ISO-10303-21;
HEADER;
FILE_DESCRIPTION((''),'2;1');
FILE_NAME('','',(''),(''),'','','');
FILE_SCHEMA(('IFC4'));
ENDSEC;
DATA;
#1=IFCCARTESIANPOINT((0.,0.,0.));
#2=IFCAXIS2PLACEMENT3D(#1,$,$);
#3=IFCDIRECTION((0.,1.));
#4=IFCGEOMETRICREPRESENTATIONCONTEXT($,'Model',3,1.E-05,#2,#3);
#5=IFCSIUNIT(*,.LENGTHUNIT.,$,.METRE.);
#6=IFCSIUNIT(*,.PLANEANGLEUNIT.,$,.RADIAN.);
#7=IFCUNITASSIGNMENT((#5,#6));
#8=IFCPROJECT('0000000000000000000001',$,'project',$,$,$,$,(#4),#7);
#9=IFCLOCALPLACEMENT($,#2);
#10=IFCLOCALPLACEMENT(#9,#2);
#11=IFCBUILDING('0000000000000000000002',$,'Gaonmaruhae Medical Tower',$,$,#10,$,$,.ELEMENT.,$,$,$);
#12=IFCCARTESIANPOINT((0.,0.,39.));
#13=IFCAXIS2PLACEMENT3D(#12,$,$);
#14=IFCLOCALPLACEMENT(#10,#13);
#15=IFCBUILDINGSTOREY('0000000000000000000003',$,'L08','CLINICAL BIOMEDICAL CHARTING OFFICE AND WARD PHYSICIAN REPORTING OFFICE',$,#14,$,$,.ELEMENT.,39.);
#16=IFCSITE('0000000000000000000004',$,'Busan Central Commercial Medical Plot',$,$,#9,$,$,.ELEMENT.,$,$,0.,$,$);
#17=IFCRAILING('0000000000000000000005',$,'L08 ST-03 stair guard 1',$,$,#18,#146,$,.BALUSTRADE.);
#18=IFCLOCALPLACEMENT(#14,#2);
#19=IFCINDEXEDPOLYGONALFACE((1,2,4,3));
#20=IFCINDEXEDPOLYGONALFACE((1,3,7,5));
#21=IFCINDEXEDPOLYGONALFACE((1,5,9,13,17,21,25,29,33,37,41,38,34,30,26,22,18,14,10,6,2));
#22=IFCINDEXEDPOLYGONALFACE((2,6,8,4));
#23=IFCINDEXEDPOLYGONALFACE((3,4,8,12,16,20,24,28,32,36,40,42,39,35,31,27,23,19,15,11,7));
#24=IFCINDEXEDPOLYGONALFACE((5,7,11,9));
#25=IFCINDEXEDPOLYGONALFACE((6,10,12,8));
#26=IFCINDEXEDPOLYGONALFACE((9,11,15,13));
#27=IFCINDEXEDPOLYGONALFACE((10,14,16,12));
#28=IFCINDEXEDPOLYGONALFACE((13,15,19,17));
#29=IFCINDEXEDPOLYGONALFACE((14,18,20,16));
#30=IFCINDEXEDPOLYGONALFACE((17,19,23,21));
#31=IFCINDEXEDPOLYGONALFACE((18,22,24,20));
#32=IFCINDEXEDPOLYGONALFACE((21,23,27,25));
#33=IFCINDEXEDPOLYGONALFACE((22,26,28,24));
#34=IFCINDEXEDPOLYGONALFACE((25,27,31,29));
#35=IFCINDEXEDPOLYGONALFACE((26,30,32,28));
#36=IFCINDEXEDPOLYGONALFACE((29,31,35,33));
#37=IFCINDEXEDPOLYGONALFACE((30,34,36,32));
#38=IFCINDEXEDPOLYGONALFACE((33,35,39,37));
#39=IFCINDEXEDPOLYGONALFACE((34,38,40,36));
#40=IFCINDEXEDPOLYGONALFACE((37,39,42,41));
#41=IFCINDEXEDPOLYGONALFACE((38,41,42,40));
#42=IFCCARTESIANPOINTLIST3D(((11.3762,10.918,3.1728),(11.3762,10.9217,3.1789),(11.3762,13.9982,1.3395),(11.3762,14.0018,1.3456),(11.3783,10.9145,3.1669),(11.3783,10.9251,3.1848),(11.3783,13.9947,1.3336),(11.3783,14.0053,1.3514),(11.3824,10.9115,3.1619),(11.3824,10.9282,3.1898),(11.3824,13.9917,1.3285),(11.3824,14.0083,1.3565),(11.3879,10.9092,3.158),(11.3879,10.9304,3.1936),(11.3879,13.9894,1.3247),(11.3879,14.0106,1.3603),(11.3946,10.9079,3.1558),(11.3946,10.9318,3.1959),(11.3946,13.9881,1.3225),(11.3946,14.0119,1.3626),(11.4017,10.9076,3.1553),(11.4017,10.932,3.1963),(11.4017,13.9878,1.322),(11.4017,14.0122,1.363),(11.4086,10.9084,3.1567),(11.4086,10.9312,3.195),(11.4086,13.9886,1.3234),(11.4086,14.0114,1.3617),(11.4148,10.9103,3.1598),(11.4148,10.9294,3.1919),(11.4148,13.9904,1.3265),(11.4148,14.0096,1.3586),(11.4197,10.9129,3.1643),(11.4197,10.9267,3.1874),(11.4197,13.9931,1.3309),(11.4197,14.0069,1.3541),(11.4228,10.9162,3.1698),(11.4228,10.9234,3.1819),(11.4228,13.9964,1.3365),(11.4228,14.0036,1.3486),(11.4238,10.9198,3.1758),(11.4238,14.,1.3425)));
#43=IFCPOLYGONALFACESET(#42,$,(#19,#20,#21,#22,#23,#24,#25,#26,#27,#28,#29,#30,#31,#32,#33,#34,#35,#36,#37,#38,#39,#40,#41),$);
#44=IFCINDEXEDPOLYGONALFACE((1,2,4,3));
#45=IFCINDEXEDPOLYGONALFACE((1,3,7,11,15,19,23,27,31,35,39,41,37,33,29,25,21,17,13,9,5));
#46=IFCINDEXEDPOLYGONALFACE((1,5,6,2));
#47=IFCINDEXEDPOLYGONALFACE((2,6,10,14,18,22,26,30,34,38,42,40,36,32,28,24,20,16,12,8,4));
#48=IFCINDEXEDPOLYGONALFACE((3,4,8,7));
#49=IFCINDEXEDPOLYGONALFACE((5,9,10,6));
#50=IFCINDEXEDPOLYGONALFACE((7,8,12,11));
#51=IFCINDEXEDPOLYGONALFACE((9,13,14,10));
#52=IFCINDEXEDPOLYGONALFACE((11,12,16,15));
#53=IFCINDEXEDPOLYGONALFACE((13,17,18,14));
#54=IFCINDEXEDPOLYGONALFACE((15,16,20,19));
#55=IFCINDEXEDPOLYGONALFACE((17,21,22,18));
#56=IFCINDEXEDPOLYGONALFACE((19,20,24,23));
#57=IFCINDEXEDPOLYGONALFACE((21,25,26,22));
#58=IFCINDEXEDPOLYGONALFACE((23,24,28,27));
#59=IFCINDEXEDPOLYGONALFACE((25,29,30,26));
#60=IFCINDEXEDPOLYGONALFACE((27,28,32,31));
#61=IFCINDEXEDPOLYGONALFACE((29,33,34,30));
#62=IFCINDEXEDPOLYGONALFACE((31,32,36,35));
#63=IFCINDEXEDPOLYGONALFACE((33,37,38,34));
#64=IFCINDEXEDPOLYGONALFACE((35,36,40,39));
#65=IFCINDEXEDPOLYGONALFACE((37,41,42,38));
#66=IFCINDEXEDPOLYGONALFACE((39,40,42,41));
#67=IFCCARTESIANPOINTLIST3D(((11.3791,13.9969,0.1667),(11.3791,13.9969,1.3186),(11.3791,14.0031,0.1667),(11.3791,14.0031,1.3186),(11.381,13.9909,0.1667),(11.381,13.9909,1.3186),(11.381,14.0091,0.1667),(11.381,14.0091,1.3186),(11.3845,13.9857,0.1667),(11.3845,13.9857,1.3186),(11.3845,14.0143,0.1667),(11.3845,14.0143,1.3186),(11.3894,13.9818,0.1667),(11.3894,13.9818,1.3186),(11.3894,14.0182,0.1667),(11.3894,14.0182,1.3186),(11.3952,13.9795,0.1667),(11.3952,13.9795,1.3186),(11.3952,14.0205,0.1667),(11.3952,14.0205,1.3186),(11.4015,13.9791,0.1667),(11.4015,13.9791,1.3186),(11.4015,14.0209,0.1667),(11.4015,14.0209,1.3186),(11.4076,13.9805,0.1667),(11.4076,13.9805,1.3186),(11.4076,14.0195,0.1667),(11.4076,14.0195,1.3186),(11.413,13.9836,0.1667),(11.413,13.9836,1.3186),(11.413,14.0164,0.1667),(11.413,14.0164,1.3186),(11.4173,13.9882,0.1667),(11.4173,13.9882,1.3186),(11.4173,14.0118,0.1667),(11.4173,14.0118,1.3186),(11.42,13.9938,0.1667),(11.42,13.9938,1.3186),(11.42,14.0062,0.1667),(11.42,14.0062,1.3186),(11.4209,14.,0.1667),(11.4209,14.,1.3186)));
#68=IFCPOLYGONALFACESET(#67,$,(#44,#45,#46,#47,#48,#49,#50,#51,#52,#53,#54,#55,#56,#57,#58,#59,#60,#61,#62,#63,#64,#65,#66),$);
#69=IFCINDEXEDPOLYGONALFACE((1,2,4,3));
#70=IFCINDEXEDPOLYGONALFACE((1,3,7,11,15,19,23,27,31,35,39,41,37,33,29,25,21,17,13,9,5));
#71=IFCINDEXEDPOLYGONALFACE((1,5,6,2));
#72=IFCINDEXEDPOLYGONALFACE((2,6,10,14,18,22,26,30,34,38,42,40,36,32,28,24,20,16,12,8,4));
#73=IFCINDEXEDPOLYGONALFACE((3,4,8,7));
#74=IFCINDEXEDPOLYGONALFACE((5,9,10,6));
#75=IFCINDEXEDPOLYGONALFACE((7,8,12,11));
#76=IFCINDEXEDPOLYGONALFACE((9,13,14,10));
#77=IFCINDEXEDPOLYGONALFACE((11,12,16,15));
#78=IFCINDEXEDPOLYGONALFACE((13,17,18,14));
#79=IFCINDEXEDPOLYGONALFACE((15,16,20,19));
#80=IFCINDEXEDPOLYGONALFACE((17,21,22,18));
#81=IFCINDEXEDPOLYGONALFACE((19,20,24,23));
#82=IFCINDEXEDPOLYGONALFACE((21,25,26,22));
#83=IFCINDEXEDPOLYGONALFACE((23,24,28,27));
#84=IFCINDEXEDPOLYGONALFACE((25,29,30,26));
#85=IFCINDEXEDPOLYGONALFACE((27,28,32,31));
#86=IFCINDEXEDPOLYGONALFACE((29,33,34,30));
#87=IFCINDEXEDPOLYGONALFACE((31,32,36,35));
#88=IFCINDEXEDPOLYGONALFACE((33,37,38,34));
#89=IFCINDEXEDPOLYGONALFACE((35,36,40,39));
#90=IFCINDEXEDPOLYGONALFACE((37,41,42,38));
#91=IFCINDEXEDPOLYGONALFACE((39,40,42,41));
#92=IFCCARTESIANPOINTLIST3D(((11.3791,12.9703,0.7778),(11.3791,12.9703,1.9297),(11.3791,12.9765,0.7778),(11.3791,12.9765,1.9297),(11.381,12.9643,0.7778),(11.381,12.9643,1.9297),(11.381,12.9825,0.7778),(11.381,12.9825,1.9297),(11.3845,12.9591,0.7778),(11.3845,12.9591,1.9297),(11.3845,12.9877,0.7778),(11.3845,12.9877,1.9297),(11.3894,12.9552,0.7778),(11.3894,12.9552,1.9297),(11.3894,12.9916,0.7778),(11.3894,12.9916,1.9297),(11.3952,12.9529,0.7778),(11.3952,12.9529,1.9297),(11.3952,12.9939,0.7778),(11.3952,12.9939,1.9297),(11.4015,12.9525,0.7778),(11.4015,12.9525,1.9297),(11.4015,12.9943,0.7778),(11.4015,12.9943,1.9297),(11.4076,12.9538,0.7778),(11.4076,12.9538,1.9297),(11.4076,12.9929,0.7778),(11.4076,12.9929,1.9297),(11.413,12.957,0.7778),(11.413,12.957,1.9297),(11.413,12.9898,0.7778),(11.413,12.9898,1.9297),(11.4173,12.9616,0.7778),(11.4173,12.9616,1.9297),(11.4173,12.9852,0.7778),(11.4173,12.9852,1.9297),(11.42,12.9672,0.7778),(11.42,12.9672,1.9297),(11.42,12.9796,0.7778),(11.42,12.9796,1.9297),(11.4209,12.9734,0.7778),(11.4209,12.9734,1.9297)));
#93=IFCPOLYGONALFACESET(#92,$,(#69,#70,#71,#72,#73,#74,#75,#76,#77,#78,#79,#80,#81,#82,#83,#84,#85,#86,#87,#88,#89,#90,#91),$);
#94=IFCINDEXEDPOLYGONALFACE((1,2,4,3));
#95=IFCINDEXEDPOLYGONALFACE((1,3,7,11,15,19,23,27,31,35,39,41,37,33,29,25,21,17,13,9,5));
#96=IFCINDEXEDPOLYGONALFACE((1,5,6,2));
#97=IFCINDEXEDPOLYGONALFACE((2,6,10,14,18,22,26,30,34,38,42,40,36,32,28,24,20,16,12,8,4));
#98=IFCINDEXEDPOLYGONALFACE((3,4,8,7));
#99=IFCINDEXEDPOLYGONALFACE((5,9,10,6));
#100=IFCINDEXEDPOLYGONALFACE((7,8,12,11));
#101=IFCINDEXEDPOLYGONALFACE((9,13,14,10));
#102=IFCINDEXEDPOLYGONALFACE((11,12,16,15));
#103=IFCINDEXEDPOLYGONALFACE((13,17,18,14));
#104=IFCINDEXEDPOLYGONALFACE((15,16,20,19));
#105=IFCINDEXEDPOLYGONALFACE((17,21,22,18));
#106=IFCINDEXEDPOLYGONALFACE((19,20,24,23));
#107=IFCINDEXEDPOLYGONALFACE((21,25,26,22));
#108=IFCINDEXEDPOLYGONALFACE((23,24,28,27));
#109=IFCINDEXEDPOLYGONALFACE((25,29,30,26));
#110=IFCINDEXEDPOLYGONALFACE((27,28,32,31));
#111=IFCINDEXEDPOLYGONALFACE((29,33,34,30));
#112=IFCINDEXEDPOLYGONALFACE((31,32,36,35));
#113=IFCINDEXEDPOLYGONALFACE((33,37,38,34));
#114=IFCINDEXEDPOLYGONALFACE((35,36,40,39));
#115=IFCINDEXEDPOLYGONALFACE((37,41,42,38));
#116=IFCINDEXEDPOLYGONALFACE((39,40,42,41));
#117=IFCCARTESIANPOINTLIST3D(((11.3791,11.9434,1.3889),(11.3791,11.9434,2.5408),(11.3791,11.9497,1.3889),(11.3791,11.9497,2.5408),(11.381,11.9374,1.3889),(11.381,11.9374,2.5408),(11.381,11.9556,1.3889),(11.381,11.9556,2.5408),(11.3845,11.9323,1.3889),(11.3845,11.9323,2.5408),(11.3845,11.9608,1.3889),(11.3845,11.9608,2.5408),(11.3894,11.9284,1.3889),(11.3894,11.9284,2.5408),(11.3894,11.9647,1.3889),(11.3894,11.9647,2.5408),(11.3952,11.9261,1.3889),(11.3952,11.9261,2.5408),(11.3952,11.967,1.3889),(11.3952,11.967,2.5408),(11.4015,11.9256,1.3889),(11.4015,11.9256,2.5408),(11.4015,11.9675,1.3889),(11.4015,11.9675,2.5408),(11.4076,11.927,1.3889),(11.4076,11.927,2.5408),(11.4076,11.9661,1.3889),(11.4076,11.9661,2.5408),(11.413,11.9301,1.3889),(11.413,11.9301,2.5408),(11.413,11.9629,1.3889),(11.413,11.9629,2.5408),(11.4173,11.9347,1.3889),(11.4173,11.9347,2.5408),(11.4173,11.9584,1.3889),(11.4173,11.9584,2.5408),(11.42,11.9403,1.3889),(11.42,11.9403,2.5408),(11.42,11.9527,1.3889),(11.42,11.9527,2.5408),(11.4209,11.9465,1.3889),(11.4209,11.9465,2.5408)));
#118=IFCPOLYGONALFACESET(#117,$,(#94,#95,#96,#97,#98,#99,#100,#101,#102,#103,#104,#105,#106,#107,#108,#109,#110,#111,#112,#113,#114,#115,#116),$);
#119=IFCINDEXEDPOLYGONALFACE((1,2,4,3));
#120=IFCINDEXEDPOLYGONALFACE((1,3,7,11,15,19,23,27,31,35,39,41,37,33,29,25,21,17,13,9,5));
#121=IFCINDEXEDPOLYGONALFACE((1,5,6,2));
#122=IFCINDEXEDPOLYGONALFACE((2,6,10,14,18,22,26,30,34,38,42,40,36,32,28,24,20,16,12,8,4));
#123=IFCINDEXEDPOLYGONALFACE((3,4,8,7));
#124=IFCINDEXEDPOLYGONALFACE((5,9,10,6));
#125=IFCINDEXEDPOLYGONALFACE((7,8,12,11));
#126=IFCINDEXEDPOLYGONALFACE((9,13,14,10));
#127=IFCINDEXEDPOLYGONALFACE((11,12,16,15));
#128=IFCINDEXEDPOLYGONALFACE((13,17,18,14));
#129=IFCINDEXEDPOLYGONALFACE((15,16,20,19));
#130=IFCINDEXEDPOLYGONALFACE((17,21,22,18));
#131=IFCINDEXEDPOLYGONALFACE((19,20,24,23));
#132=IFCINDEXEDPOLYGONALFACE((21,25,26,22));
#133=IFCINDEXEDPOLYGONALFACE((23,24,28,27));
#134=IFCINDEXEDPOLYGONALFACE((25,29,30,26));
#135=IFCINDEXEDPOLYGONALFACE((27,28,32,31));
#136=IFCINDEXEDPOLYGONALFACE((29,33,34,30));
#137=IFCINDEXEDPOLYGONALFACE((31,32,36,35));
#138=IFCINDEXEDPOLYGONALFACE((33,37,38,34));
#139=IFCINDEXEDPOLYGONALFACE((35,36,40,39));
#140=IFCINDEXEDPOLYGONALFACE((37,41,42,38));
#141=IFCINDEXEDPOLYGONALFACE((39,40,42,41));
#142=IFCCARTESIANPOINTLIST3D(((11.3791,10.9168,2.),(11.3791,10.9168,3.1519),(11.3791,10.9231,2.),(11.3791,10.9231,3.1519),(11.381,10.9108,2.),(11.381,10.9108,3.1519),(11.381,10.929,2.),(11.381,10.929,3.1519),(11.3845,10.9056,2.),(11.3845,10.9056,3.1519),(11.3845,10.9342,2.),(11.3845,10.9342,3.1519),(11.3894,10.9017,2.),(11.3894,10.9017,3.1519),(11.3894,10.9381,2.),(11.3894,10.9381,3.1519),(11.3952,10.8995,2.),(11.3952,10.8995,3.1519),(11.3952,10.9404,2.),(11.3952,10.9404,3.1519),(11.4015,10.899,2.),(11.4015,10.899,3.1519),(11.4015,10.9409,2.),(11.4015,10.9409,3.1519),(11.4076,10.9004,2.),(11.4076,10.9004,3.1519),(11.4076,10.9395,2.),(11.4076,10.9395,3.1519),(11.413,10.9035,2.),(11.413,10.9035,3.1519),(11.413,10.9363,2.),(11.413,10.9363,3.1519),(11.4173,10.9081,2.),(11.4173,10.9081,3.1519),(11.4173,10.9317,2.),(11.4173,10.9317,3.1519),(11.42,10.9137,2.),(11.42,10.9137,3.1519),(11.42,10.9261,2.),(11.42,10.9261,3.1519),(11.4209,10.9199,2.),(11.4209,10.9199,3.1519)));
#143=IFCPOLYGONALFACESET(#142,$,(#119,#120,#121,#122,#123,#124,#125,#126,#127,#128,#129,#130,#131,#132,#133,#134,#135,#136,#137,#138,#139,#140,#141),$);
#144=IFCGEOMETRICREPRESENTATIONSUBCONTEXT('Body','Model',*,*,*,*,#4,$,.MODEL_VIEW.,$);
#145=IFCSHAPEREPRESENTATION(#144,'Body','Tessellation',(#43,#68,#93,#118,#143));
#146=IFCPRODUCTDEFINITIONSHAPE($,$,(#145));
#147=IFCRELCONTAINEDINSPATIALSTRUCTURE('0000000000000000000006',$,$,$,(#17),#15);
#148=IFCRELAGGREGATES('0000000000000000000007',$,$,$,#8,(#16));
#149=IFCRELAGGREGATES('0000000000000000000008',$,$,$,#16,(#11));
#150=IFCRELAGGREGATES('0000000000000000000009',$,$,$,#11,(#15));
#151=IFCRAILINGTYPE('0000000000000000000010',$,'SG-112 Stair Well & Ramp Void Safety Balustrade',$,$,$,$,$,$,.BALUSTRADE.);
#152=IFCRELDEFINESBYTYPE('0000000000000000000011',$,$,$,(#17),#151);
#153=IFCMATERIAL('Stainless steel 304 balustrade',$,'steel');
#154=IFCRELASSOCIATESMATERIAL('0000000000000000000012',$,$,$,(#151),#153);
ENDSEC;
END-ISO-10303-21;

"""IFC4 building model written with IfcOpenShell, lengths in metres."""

from ifc_helpers import new_model, si_unit, direction, frame, origin, origin_2d, place, context, subcontext, project, spatial, circle, extrude, material, type_object, element, save


model = new_model("IFC4")

# Units and contexts
model_context = context("Model", 3, precision=1e-05, world=origin(), true_north=direction((0.0, 1.0)))
body_context = subcontext(model_context, "Body", "Model", "MODEL_VIEW")
ifc_project = project(units=[si_unit("LENGTHUNIT", "METRE"), si_unit("PLANEANGLEUNIT", "RADIAN")], contexts=[model_context])

# Site, building, storey
site_placement = place(None, origin())
site = spatial("IfcSite", under=ifc_project, at=site_placement, Name="Busan Central Commercial Medical Plot", CompositionType="ELEMENT", RefElevation=0.0)
building_placement = place(site_placement, origin())
building = spatial("IfcBuilding", under=site, at=building_placement, Name="Gaonmaruhae Medical Tower", CompositionType="ELEMENT")
storey_placement = place(building_placement, frame((0.0, 0.0, 39.0)))
storey = spatial("IfcBuildingStorey", under=building, at=storey_placement, Name="L08", Description="CLINICAL BIOMEDICAL CHARTING OFFICE AND WARD PHYSICIAN REPORTING OFFICE", CompositionType="ELEMENT", Elevation=39.0)

# Railing
ifc_material_1 = material(Name="Stainless steel 304 balustrade", Category="steel")
railing_type_1 = type_object("IfcRailingType", Name="SG-112 Stair Well & Ramp Void Safety Balustrade", PredefinedType="BALUSTRADE", material=ifc_material_1)
railing_1_placement = place(storey_placement, frame((11.3999, 14.0, 0.1667)))
element("IfcRailing", 1, at=railing_1_placement, inside=storey, type_object=railing_type_1, Name="L08 ST-03 stair guard 1", PredefinedType="BALUSTRADE", context=body_context, shape_type="SweptSolid", body=[
    extrude(circle(Radius=0.0239, at=origin_2d()), frame((0.0, 0.0, 1.1758), z_axis=(0.0, -0.859309, 0.511458), x_axis=(1.0, 0.0, 0.0)), (0.0, 0.0, 1.0), 3.5845),
    extrude(circle(Radius=0.021, at=origin_2d()), origin(), (0.0, 0.0, 1.0), 1.1519),
    extrude(circle(Radius=0.021, at=origin_2d()), frame((0.0, -1.0266, 0.6111)), (0.0, 0.0, 1.0), 1.1519),
    extrude(circle(Radius=0.021, at=origin_2d()), frame((0.0, -2.0535, 1.2222)), (0.0, 0.0, 1.0), 1.1519),
    extrude(circle(Radius=0.021, at=origin_2d()), frame((0.0, -3.0801, 1.8333)), (0.0, 0.0, 1.0), 1.1519),
])

save(model, "model.ifc")
